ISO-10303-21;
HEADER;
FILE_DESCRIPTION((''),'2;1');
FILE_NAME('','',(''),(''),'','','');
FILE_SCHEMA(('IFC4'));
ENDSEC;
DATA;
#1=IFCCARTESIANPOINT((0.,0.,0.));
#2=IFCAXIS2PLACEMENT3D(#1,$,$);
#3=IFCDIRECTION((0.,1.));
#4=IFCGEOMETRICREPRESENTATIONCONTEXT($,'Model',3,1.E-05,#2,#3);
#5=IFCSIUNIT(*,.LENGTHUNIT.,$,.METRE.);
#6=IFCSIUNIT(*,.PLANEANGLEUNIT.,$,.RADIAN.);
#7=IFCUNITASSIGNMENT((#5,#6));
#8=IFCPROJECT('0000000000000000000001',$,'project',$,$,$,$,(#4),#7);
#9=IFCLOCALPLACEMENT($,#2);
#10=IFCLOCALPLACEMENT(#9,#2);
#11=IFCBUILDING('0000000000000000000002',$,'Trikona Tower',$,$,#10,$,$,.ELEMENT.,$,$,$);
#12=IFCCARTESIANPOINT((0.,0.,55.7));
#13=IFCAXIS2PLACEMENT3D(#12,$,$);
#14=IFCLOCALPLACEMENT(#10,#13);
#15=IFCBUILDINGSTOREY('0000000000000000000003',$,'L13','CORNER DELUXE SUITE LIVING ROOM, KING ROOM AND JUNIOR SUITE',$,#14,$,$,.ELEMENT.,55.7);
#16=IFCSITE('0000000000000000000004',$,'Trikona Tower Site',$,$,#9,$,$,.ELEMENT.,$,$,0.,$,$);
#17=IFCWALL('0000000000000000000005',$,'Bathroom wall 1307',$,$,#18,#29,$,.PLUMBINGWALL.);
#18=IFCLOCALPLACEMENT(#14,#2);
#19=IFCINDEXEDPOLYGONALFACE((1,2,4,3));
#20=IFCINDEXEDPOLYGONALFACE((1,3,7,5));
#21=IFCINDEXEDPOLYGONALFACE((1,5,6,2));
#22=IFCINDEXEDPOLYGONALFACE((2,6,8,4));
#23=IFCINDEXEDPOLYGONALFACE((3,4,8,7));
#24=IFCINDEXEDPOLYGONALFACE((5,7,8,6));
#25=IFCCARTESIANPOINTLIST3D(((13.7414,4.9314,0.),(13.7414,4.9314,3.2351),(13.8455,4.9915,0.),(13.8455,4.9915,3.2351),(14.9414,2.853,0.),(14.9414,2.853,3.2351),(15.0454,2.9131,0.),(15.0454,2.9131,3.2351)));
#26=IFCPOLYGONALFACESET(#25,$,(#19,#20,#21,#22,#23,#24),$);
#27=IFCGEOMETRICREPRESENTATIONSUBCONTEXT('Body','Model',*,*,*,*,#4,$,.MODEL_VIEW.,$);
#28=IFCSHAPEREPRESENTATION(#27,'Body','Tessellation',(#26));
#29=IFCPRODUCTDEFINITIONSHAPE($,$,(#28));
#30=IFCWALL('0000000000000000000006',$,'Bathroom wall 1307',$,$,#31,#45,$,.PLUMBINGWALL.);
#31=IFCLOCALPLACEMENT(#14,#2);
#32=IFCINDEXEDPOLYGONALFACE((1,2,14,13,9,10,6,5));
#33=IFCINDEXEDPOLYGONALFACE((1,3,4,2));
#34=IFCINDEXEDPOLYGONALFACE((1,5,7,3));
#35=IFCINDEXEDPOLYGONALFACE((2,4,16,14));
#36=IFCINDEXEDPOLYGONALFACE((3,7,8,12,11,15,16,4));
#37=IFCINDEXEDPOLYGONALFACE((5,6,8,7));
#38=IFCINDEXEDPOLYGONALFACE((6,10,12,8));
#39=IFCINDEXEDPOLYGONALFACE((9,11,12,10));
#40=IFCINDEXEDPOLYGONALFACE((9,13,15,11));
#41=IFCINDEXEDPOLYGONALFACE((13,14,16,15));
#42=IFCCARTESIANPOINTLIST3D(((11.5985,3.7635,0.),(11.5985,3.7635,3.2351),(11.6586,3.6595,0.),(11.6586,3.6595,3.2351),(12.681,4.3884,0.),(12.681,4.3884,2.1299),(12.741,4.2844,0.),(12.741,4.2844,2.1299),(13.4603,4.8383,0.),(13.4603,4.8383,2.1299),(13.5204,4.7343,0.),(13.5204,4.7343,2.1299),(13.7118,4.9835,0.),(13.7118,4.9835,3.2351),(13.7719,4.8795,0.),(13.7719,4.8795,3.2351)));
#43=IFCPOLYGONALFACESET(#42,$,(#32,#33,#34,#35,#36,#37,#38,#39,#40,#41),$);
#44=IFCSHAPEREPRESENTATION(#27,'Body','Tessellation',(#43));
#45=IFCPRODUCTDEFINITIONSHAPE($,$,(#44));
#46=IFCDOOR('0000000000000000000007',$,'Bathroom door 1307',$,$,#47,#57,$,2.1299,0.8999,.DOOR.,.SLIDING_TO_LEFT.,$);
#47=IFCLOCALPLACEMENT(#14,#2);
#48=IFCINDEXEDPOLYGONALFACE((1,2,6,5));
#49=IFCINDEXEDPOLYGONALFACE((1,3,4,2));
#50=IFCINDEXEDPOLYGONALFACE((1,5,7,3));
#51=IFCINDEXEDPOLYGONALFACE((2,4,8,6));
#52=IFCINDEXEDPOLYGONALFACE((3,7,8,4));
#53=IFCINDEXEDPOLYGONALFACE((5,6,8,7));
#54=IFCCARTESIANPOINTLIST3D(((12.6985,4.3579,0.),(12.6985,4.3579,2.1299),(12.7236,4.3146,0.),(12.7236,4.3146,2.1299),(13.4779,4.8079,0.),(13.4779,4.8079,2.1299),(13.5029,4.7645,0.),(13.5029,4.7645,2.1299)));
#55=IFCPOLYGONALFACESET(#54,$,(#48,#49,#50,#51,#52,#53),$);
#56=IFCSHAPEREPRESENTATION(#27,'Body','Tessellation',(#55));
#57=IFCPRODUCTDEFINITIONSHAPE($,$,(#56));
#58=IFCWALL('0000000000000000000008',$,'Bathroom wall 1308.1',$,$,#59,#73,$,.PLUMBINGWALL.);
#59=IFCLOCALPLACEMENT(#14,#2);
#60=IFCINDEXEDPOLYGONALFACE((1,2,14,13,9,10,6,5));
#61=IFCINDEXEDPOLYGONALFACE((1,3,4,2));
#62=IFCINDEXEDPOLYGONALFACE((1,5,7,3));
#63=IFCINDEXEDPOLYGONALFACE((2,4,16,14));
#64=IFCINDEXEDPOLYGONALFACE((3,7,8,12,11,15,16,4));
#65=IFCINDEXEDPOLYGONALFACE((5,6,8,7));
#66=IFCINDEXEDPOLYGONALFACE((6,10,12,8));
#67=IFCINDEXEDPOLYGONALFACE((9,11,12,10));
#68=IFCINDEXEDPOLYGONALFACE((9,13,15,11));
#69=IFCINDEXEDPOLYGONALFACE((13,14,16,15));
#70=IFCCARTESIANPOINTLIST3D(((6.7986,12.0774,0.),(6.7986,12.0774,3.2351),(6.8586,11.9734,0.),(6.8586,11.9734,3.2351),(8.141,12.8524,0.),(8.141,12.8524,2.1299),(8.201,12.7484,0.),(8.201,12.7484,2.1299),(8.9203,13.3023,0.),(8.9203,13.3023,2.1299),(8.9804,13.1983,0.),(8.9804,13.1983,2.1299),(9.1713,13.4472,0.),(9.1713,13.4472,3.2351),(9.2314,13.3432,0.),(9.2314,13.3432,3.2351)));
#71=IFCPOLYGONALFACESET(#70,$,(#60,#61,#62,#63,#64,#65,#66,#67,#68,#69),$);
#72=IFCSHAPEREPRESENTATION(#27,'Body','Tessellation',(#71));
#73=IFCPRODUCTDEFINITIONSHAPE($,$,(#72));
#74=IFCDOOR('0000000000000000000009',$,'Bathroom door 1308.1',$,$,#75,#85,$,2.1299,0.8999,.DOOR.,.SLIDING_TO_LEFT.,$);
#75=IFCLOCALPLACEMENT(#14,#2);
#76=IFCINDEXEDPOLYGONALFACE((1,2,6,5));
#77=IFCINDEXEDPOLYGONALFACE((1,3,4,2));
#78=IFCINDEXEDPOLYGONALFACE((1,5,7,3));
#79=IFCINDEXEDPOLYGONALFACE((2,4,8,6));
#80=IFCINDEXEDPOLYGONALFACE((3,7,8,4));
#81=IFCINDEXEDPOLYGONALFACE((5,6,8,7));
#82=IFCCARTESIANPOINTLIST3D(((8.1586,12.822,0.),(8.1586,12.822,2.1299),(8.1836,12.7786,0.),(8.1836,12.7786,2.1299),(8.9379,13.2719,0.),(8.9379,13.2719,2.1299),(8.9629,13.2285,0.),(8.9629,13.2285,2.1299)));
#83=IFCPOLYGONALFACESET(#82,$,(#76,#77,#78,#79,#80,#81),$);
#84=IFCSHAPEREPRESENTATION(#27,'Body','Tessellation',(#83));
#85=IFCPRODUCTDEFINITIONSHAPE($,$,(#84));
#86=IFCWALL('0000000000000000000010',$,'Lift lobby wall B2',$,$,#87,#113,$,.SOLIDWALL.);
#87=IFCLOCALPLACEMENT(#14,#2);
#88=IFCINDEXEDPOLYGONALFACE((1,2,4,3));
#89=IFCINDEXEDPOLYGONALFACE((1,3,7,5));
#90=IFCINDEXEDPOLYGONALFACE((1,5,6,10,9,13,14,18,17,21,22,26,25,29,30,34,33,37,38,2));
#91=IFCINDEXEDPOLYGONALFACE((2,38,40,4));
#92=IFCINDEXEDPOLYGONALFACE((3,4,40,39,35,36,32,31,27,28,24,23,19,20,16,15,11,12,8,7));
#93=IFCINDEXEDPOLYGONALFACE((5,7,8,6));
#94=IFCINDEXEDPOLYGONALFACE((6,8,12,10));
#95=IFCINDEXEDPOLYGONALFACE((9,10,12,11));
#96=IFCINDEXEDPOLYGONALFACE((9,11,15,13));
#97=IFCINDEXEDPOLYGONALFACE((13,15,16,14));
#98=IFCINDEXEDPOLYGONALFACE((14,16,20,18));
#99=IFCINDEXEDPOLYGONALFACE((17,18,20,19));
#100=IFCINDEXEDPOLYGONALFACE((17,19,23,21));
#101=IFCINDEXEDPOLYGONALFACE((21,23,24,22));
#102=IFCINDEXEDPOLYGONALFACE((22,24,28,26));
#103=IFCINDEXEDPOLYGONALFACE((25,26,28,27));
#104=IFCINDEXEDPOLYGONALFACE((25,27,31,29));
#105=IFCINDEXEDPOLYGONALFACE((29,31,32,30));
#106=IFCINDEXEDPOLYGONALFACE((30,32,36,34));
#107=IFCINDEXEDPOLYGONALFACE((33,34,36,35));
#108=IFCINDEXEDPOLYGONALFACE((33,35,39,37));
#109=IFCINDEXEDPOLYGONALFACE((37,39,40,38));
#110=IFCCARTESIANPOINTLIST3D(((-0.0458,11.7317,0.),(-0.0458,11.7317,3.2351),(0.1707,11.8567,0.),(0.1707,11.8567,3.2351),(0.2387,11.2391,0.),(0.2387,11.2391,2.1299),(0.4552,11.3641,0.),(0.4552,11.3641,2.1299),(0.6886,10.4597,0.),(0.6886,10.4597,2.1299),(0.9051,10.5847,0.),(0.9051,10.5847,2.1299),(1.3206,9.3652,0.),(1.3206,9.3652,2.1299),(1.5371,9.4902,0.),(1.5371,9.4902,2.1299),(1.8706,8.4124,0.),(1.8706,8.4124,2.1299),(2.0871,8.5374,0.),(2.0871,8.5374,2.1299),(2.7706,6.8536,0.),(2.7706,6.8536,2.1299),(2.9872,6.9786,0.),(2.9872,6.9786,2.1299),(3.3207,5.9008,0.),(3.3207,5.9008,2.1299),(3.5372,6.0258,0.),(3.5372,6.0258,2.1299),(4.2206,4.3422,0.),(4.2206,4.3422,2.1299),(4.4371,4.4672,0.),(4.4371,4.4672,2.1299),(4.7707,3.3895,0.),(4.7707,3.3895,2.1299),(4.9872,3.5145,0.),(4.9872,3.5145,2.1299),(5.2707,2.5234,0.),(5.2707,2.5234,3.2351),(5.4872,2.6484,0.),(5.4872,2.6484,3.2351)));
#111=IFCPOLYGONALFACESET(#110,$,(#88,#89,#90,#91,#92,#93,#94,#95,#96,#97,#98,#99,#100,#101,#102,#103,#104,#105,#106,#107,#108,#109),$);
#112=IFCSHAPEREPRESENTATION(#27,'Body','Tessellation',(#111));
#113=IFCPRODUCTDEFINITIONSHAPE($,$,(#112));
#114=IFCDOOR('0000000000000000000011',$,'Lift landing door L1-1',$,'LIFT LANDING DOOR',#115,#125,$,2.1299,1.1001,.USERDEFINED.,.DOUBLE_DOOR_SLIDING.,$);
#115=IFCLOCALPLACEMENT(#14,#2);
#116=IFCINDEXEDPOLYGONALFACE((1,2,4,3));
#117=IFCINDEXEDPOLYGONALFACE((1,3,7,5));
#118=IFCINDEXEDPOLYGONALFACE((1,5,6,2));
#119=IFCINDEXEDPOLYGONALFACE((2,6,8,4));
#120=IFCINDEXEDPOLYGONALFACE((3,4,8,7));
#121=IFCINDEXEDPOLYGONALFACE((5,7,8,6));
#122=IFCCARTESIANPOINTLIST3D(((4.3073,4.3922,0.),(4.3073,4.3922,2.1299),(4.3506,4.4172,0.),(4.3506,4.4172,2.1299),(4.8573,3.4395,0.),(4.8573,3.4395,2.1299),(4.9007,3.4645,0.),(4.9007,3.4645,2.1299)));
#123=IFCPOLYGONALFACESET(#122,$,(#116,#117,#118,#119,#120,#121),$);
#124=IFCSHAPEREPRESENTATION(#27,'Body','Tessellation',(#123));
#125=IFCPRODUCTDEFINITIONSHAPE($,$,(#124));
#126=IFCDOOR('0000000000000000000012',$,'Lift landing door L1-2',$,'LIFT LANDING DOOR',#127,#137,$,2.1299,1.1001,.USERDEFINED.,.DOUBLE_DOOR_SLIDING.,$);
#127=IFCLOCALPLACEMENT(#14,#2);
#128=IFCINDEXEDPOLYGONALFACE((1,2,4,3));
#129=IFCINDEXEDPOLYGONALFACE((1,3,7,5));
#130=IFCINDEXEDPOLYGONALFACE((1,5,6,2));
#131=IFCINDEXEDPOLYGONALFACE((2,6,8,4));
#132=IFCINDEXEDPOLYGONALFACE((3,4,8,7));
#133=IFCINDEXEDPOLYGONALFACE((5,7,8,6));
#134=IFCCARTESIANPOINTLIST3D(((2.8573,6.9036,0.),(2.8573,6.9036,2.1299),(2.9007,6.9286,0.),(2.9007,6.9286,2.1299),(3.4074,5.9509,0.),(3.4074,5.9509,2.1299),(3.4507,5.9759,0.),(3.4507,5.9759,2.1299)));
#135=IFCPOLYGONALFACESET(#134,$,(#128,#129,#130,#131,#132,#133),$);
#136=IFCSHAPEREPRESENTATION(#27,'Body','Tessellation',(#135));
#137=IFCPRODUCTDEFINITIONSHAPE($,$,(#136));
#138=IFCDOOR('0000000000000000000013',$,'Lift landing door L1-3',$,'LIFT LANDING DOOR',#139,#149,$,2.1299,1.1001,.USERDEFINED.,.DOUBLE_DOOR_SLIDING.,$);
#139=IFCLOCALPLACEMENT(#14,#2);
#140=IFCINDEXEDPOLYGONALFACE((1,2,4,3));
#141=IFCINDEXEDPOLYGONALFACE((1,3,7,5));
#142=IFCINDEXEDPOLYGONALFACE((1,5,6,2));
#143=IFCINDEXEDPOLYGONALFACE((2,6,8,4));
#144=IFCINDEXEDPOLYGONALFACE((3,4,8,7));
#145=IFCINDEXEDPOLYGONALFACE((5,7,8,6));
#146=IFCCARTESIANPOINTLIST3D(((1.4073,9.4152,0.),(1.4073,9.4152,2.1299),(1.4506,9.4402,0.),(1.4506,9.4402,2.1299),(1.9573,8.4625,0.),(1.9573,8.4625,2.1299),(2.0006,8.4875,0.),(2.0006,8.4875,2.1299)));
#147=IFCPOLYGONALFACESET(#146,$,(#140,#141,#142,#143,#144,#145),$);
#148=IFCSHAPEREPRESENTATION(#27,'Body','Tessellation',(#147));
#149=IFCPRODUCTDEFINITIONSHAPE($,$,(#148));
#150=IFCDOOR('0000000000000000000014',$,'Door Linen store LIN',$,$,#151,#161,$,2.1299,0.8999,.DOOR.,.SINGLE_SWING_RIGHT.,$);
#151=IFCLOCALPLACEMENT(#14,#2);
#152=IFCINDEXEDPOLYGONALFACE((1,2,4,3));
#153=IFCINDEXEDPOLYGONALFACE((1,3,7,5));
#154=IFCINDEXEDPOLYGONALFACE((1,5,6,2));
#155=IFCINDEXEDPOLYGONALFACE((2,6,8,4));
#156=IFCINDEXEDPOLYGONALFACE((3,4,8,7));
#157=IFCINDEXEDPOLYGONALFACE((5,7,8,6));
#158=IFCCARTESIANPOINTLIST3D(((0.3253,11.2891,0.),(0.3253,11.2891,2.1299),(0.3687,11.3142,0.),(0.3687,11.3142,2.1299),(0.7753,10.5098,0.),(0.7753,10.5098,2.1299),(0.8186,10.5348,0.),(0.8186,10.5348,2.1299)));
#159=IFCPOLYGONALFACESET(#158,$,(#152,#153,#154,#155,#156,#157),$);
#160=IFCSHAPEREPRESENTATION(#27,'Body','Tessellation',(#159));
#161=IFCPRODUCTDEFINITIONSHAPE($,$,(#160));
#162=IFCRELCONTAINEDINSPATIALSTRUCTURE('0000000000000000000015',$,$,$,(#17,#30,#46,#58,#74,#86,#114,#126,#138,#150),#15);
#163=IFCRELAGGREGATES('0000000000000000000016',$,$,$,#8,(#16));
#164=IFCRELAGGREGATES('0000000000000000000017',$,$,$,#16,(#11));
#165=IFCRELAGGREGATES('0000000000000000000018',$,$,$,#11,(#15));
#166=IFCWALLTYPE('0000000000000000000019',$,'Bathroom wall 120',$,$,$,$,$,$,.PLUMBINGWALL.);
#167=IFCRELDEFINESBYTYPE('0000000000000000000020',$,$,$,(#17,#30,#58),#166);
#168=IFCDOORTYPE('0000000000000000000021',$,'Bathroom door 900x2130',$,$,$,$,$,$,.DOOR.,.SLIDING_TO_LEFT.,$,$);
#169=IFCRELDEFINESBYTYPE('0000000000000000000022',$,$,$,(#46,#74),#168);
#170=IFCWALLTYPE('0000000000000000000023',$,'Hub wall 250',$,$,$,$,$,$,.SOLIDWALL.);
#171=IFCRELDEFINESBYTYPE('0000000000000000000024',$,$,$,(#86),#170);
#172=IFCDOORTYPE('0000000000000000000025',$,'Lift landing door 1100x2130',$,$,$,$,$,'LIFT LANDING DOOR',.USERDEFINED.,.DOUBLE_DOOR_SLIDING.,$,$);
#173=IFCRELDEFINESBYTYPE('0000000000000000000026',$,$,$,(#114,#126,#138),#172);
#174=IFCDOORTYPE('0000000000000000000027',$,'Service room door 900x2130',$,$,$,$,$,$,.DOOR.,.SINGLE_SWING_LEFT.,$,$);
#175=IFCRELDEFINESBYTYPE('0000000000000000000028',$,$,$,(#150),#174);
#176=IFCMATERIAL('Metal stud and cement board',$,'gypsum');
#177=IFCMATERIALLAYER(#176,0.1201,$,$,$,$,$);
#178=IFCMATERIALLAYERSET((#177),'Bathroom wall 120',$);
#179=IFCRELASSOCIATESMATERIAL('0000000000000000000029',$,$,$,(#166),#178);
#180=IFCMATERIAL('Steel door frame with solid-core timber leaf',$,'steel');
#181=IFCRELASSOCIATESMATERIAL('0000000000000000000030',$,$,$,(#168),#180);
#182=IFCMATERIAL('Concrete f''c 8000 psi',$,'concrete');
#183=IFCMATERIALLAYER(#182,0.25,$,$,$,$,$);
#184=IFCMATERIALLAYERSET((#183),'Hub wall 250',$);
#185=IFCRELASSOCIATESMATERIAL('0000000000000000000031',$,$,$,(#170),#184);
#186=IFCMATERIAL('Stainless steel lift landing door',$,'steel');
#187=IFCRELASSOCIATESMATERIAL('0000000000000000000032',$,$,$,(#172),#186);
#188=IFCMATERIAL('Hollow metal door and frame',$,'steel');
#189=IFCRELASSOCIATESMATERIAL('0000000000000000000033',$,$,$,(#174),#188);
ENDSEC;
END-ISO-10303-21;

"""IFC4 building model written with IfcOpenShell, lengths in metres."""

from ifc_helpers import new_model, si_unit, direction, frame, frame_2d, origin, place, context, subcontext, project, spatial, rectangle, extrude, material, layer, layer_set, type_object, element, fill, save


model = new_model("IFC4")

# Units and contexts
model_context = context("Model", 3, precision=1e-05, world=origin(), true_north=direction((0.0, 1.0)))
body_context = subcontext(model_context, "Body", "Model", "MODEL_VIEW")
ifc_project = project(units=[si_unit("LENGTHUNIT", "METRE"), si_unit("PLANEANGLEUNIT", "RADIAN")], contexts=[model_context])

# Site, building, storey
site_placement = place(None, origin())
site = spatial("IfcSite", under=ifc_project, at=site_placement, Name="Trikona Tower Site", CompositionType="ELEMENT", RefElevation=0.0)
building_placement = place(site_placement, origin())
building = spatial("IfcBuilding", under=site, at=building_placement, Name="Trikona Tower", CompositionType="ELEMENT")
storey_placement = place(building_placement, frame((0.0, 0.0, 55.7)))
storey = spatial("IfcBuildingStorey", under=building, at=storey_placement, Name="L13", Description="CORNER DELUXE SUITE LIVING ROOM, KING ROOM AND JUNIOR SUITE", CompositionType="ELEMENT", Elevation=55.7)

# Wall
ifc_material_1 = material(Name="Metal stud and cement board", Category="gypsum")
ifc_layer_1 = layer(ifc_material_1, 0.1201)
ifc_layer_set_1 = layer_set([ifc_layer_1], Name="Bathroom wall 120")
wall_type_1 = type_object("IfcWallType", Name="Bathroom wall 120", PredefinedType="PLUMBINGWALL", material=ifc_layer_set_1)
wall_1_placement = place(storey_placement, frame((14.9934, 2.8831, 0.0), z_axis=(0.0, 0.0, 1.0), x_axis=(-0.500001, 0.866025, 0.0)))
element("IfcWall", 1, at=wall_1_placement, inside=storey, type_object=wall_type_1, Name="Bathroom wall 1307", PredefinedType="PLUMBINGWALL", context=body_context, shape_type="SweptSolid", body=[
    extrude(rectangle(XDim=2.3999, YDim=0.1201, at=frame_2d((1.2, 0.0))), origin(), (0.0, 0.0, 1.0), 3.2351),
])

# Walls, openings, doors
wall_2_placement = place(storey_placement, frame((11.6284, 3.7114, 0.0), z_axis=(0.0, 0.0, 1.0), x_axis=(0.866049, 0.499959, 0.0)))
wall_2 = element("IfcWall", 2, at=wall_2_placement, inside=storey, type_object=wall_type_1, Name="Bathroom wall 1307", PredefinedType="PLUMBINGWALL", context=body_context, shape_type="SweptSolid", body=[
    extrude(rectangle(XDim=2.4402, YDim=0.1201, at=frame_2d((1.2202, 0.0))), origin(), (0.0, 0.0, 1.0), 3.2351),
])
opening_1_placement = place(wall_2_placement, frame((1.25, 0.0, 0.0)))
opening_1 = element("IfcOpeningElement", 3, at=opening_1_placement, cuts=wall_2, PredefinedType="OPENING", context=body_context, shape_type="SweptSolid", body=[
    extrude(rectangle(XDim=0.8999, YDim=2.1299, at=frame_2d((0.45, 1.0649))), frame((0.0, 0.0701, 0.0), z_axis=(0.0, -1.0, 0.0), x_axis=(1.0, 0.0, 0.0)), (0.0, 0.0, 1.0), 0.1401),
])
ifc_material_2 = material(Name="Steel door frame with solid-core timber leaf", Category="steel")
door_type_1 = type_object("IfcDoorType", Name="Bathroom door 900x2130", OperationType="SLIDING_TO_LEFT", PredefinedType="DOOR", material=ifc_material_2)
door_1_placement = place(opening_1_placement, origin())
door_1 = element("IfcDoor", 4, at=door_1_placement, inside=storey, type_object=door_type_1, Name="Bathroom door 1307", OperationType="SLIDING_TO_LEFT", OverallHeight=2.1299, OverallWidth=0.8999, PredefinedType="DOOR", context=body_context, shape_type="SweptSolid", body=[
    extrude(rectangle(XDim=0.8999, YDim=2.1299, at=frame_2d((0.45, 1.0649))), frame((0.0, 0.0249, 0.0), z_axis=(0.0, -1.0, 0.0), x_axis=(1.0, 0.0, 0.0)), (0.0, 0.0, 1.0), 0.05),
])
fill(opening_1, door_1)
wall_3_placement = place(storey_placement, frame((6.8286, 12.0254, 0.0), z_axis=(0.0, 0.0, 1.0), x_axis=(0.866036, 0.499982, 0.0)))
wall_3 = element("IfcWall", 5, at=wall_3_placement, inside=storey, type_object=wall_type_1, Name="Bathroom wall 1308.1", PredefinedType="PLUMBINGWALL", context=body_context, shape_type="SweptSolid", body=[
    extrude(rectangle(XDim=2.7397, YDim=0.1201, at=frame_2d((1.3699, 0.0))), origin(), (0.0, 0.0, 1.0), 3.2351),
])
opening_2_placement = place(wall_3_placement, frame((1.55, 0.0, 0.0)))
opening_2 = element("IfcOpeningElement", 6, at=opening_2_placement, cuts=wall_3, PredefinedType="OPENING", context=body_context, shape_type="SweptSolid", body=[
    extrude(rectangle(XDim=0.8999, YDim=2.1299, at=frame_2d((0.45, 1.0649))), frame((0.0, 0.0701, 0.0), z_axis=(0.0, -1.0, 0.0), x_axis=(1.0, 0.0, 0.0)), (0.0, 0.0, 1.0), 0.1401),
])
door_2_placement = place(opening_2_placement, origin())
door_2 = element("IfcDoor", 7, at=door_2_placement, inside=storey, type_object=door_type_1, Name="Bathroom door 1308.1", OperationType="SLIDING_TO_LEFT", OverallHeight=2.1299, OverallWidth=0.8999, PredefinedType="DOOR", context=body_context, shape_type="SweptSolid", body=[
    extrude(rectangle(XDim=0.8999, YDim=2.1299, at=frame_2d((0.45, 1.0649))), frame((0.0, 0.0249, 0.0), z_axis=(0.0, -1.0, 0.0), x_axis=(1.0, 0.0, 0.0)), (0.0, 0.0, 1.0), 0.05),
])
fill(opening_2, door_2)

# Wall, openings, doors
ifc_material_3 = material(Name="Concrete f'c 8000 psi", Category="concrete")
ifc_layer_2 = layer(ifc_material_3, 0.25)
ifc_layer_set_2 = layer_set([ifc_layer_2], Name="Hub wall 250")
wall_type_2 = type_object("IfcWallType", Name="Hub wall 250", PredefinedType="SOLIDWALL", material=ifc_layer_set_2)
wall_4_placement = place(storey_placement, frame((5.3789, 2.5859, 0.0), z_axis=(0.0, 0.0, 1.0), x_axis=(-0.500001, 0.866025, 0.0)))
wall_4 = element("IfcWall", 8, at=wall_4_placement, inside=storey, type_object=wall_type_2, Name="Lift lobby wall B2", PredefinedType="SOLIDWALL", context=body_context, shape_type="SweptSolid", body=[
    extrude(rectangle(XDim=10.6328, YDim=0.25, at=frame_2d((5.3164, 0.0))), origin(), (0.0, 0.0, 1.0), 3.2351),
])
opening_3_placement = place(wall_4_placement, frame((9.1641, 0.0, 0.0)))
opening_3 = element("IfcOpeningElement", 9, at=opening_3_placement, cuts=wall_4, PredefinedType="OPENING", context=body_context, shape_type="SweptSolid", body=[
    extrude(rectangle(XDim=0.8999, YDim=2.1299, at=frame_2d((0.45, 1.0649))), frame((0.0, 0.135, 0.0), z_axis=(0.0, -1.0, 0.0), x_axis=(1.0, 0.0, 0.0)), (0.0, 0.0, 1.0), 0.27),
])
opening_4_placement = place(wall_4_placement, frame((1.0, 0.0, 0.0)))
opening_4 = element("IfcOpeningElement", 10, at=opening_4_placement, cuts=wall_4, PredefinedType="OPENING", context=body_context, shape_type="SweptSolid", body=[
    extrude(rectangle(XDim=1.1001, YDim=2.1299, at=frame_2d((0.55, 1.0649))), frame((0.0, 0.135, 0.0), z_axis=(0.0, -1.0, 0.0), x_axis=(1.0, 0.0, 0.0)), (0.0, 0.0, 1.0), 0.27),
])
opening_5_placement = place(wall_4_placement, frame((3.8999, 0.0, 0.0)))
opening_5 = element("IfcOpeningElement", 11, at=opening_5_placement, cuts=wall_4, PredefinedType="OPENING", context=body_context, shape_type="SweptSolid", body=[
    extrude(rectangle(XDim=1.1001, YDim=2.1299, at=frame_2d((0.55, 1.0649))), frame((0.0, 0.135, 0.0), z_axis=(0.0, -1.0, 0.0), x_axis=(1.0, 0.0, 0.0)), (0.0, 0.0, 1.0), 0.27),
])
opening_6_placement = place(wall_4_placement, frame((6.8, 0.0, 0.0)))
opening_6 = element("IfcOpeningElement", 12, at=opening_6_placement, cuts=wall_4, PredefinedType="OPENING", context=body_context, shape_type="SweptSolid", body=[
    extrude(rectangle(XDim=1.1001, YDim=2.1299, at=frame_2d((0.55, 1.0649))), frame((0.0, 0.135, 0.0), z_axis=(0.0, -1.0, 0.0), x_axis=(1.0, 0.0, 0.0)), (0.0, 0.0, 1.0), 0.27),
])
ifc_material_4 = material(Name="Stainless steel lift landing door", Category="steel")
door_type_2 = type_object("IfcDoorType", Name="Lift landing door 1100x2130", ElementType="LIFT LANDING DOOR", OperationType="DOUBLE_DOOR_SLIDING", PredefinedType="USERDEFINED", material=ifc_material_4)
door_3_placement = place(opening_4_placement, origin())
door_3 = element("IfcDoor", 13, at=door_3_placement, inside=storey, type_object=door_type_2, Name="Lift landing door L1-1", ObjectType="LIFT LANDING DOOR", OperationType="DOUBLE_DOOR_SLIDING", OverallHeight=2.1299, OverallWidth=1.1001, PredefinedType="USERDEFINED", context=body_context, shape_type="SweptSolid", body=[
    extrude(rectangle(XDim=1.1001, YDim=2.1299, at=frame_2d((0.55, 1.0649))), frame((0.0, 0.0249, 0.0), z_axis=(0.0, -1.0, 0.0), x_axis=(1.0, 0.0, 0.0)), (0.0, 0.0, 1.0), 0.05),
])
fill(opening_4, door_3)
door_4_placement = place(opening_5_placement, origin())
door_4 = element("IfcDoor", 14, at=door_4_placement, inside=storey, type_object=door_type_2, Name="Lift landing door L1-2", ObjectType="LIFT LANDING DOOR", OperationType="DOUBLE_DOOR_SLIDING", OverallHeight=2.1299, OverallWidth=1.1001, PredefinedType="USERDEFINED", context=body_context, shape_type="SweptSolid", body=[
    extrude(rectangle(XDim=1.1001, YDim=2.1299, at=frame_2d((0.55, 1.0649))), frame((0.0, 0.0249, 0.0), z_axis=(0.0, -1.0, 0.0), x_axis=(1.0, 0.0, 0.0)), (0.0, 0.0, 1.0), 0.05),
])
fill(opening_5, door_4)
door_5_placement = place(opening_6_placement, origin())
door_5 = element("IfcDoor", 15, at=door_5_placement, inside=storey, type_object=door_type_2, Name="Lift landing door L1-3", ObjectType="LIFT LANDING DOOR", OperationType="DOUBLE_DOOR_SLIDING", OverallHeight=2.1299, OverallWidth=1.1001, PredefinedType="USERDEFINED", context=body_context, shape_type="SweptSolid", body=[
    extrude(rectangle(XDim=1.1001, YDim=2.1299, at=frame_2d((0.55, 1.0649))), frame((0.0, 0.0249, 0.0), z_axis=(0.0, -1.0, 0.0), x_axis=(1.0, 0.0, 0.0)), (0.0, 0.0, 1.0), 0.05),
])
fill(opening_6, door_5)
ifc_material_5 = material(Name="Hollow metal door and frame", Category="steel")
door_type_3 = type_object("IfcDoorType", Name="Service room door 900x2130", OperationType="SINGLE_SWING_LEFT", PredefinedType="DOOR", material=ifc_material_5)
door_6_placement = place(opening_3_placement, origin())
door_6 = element("IfcDoor", 16, at=door_6_placement, inside=storey, type_object=door_type_3, Name="Door Linen store LIN", OperationType="SINGLE_SWING_RIGHT", OverallHeight=2.1299, OverallWidth=0.8999, PredefinedType="DOOR", context=body_context, shape_type="SweptSolid", body=[
    extrude(rectangle(XDim=0.8999, YDim=2.1299, at=frame_2d((0.45, 1.0649))), frame((0.0, 0.0249, 0.0), z_axis=(0.0, -1.0, 0.0), x_axis=(1.0, 0.0, 0.0)), (0.0, 0.0, 1.0), 0.05),
])
fill(opening_3, door_6)

save(model, "model.ifc")
